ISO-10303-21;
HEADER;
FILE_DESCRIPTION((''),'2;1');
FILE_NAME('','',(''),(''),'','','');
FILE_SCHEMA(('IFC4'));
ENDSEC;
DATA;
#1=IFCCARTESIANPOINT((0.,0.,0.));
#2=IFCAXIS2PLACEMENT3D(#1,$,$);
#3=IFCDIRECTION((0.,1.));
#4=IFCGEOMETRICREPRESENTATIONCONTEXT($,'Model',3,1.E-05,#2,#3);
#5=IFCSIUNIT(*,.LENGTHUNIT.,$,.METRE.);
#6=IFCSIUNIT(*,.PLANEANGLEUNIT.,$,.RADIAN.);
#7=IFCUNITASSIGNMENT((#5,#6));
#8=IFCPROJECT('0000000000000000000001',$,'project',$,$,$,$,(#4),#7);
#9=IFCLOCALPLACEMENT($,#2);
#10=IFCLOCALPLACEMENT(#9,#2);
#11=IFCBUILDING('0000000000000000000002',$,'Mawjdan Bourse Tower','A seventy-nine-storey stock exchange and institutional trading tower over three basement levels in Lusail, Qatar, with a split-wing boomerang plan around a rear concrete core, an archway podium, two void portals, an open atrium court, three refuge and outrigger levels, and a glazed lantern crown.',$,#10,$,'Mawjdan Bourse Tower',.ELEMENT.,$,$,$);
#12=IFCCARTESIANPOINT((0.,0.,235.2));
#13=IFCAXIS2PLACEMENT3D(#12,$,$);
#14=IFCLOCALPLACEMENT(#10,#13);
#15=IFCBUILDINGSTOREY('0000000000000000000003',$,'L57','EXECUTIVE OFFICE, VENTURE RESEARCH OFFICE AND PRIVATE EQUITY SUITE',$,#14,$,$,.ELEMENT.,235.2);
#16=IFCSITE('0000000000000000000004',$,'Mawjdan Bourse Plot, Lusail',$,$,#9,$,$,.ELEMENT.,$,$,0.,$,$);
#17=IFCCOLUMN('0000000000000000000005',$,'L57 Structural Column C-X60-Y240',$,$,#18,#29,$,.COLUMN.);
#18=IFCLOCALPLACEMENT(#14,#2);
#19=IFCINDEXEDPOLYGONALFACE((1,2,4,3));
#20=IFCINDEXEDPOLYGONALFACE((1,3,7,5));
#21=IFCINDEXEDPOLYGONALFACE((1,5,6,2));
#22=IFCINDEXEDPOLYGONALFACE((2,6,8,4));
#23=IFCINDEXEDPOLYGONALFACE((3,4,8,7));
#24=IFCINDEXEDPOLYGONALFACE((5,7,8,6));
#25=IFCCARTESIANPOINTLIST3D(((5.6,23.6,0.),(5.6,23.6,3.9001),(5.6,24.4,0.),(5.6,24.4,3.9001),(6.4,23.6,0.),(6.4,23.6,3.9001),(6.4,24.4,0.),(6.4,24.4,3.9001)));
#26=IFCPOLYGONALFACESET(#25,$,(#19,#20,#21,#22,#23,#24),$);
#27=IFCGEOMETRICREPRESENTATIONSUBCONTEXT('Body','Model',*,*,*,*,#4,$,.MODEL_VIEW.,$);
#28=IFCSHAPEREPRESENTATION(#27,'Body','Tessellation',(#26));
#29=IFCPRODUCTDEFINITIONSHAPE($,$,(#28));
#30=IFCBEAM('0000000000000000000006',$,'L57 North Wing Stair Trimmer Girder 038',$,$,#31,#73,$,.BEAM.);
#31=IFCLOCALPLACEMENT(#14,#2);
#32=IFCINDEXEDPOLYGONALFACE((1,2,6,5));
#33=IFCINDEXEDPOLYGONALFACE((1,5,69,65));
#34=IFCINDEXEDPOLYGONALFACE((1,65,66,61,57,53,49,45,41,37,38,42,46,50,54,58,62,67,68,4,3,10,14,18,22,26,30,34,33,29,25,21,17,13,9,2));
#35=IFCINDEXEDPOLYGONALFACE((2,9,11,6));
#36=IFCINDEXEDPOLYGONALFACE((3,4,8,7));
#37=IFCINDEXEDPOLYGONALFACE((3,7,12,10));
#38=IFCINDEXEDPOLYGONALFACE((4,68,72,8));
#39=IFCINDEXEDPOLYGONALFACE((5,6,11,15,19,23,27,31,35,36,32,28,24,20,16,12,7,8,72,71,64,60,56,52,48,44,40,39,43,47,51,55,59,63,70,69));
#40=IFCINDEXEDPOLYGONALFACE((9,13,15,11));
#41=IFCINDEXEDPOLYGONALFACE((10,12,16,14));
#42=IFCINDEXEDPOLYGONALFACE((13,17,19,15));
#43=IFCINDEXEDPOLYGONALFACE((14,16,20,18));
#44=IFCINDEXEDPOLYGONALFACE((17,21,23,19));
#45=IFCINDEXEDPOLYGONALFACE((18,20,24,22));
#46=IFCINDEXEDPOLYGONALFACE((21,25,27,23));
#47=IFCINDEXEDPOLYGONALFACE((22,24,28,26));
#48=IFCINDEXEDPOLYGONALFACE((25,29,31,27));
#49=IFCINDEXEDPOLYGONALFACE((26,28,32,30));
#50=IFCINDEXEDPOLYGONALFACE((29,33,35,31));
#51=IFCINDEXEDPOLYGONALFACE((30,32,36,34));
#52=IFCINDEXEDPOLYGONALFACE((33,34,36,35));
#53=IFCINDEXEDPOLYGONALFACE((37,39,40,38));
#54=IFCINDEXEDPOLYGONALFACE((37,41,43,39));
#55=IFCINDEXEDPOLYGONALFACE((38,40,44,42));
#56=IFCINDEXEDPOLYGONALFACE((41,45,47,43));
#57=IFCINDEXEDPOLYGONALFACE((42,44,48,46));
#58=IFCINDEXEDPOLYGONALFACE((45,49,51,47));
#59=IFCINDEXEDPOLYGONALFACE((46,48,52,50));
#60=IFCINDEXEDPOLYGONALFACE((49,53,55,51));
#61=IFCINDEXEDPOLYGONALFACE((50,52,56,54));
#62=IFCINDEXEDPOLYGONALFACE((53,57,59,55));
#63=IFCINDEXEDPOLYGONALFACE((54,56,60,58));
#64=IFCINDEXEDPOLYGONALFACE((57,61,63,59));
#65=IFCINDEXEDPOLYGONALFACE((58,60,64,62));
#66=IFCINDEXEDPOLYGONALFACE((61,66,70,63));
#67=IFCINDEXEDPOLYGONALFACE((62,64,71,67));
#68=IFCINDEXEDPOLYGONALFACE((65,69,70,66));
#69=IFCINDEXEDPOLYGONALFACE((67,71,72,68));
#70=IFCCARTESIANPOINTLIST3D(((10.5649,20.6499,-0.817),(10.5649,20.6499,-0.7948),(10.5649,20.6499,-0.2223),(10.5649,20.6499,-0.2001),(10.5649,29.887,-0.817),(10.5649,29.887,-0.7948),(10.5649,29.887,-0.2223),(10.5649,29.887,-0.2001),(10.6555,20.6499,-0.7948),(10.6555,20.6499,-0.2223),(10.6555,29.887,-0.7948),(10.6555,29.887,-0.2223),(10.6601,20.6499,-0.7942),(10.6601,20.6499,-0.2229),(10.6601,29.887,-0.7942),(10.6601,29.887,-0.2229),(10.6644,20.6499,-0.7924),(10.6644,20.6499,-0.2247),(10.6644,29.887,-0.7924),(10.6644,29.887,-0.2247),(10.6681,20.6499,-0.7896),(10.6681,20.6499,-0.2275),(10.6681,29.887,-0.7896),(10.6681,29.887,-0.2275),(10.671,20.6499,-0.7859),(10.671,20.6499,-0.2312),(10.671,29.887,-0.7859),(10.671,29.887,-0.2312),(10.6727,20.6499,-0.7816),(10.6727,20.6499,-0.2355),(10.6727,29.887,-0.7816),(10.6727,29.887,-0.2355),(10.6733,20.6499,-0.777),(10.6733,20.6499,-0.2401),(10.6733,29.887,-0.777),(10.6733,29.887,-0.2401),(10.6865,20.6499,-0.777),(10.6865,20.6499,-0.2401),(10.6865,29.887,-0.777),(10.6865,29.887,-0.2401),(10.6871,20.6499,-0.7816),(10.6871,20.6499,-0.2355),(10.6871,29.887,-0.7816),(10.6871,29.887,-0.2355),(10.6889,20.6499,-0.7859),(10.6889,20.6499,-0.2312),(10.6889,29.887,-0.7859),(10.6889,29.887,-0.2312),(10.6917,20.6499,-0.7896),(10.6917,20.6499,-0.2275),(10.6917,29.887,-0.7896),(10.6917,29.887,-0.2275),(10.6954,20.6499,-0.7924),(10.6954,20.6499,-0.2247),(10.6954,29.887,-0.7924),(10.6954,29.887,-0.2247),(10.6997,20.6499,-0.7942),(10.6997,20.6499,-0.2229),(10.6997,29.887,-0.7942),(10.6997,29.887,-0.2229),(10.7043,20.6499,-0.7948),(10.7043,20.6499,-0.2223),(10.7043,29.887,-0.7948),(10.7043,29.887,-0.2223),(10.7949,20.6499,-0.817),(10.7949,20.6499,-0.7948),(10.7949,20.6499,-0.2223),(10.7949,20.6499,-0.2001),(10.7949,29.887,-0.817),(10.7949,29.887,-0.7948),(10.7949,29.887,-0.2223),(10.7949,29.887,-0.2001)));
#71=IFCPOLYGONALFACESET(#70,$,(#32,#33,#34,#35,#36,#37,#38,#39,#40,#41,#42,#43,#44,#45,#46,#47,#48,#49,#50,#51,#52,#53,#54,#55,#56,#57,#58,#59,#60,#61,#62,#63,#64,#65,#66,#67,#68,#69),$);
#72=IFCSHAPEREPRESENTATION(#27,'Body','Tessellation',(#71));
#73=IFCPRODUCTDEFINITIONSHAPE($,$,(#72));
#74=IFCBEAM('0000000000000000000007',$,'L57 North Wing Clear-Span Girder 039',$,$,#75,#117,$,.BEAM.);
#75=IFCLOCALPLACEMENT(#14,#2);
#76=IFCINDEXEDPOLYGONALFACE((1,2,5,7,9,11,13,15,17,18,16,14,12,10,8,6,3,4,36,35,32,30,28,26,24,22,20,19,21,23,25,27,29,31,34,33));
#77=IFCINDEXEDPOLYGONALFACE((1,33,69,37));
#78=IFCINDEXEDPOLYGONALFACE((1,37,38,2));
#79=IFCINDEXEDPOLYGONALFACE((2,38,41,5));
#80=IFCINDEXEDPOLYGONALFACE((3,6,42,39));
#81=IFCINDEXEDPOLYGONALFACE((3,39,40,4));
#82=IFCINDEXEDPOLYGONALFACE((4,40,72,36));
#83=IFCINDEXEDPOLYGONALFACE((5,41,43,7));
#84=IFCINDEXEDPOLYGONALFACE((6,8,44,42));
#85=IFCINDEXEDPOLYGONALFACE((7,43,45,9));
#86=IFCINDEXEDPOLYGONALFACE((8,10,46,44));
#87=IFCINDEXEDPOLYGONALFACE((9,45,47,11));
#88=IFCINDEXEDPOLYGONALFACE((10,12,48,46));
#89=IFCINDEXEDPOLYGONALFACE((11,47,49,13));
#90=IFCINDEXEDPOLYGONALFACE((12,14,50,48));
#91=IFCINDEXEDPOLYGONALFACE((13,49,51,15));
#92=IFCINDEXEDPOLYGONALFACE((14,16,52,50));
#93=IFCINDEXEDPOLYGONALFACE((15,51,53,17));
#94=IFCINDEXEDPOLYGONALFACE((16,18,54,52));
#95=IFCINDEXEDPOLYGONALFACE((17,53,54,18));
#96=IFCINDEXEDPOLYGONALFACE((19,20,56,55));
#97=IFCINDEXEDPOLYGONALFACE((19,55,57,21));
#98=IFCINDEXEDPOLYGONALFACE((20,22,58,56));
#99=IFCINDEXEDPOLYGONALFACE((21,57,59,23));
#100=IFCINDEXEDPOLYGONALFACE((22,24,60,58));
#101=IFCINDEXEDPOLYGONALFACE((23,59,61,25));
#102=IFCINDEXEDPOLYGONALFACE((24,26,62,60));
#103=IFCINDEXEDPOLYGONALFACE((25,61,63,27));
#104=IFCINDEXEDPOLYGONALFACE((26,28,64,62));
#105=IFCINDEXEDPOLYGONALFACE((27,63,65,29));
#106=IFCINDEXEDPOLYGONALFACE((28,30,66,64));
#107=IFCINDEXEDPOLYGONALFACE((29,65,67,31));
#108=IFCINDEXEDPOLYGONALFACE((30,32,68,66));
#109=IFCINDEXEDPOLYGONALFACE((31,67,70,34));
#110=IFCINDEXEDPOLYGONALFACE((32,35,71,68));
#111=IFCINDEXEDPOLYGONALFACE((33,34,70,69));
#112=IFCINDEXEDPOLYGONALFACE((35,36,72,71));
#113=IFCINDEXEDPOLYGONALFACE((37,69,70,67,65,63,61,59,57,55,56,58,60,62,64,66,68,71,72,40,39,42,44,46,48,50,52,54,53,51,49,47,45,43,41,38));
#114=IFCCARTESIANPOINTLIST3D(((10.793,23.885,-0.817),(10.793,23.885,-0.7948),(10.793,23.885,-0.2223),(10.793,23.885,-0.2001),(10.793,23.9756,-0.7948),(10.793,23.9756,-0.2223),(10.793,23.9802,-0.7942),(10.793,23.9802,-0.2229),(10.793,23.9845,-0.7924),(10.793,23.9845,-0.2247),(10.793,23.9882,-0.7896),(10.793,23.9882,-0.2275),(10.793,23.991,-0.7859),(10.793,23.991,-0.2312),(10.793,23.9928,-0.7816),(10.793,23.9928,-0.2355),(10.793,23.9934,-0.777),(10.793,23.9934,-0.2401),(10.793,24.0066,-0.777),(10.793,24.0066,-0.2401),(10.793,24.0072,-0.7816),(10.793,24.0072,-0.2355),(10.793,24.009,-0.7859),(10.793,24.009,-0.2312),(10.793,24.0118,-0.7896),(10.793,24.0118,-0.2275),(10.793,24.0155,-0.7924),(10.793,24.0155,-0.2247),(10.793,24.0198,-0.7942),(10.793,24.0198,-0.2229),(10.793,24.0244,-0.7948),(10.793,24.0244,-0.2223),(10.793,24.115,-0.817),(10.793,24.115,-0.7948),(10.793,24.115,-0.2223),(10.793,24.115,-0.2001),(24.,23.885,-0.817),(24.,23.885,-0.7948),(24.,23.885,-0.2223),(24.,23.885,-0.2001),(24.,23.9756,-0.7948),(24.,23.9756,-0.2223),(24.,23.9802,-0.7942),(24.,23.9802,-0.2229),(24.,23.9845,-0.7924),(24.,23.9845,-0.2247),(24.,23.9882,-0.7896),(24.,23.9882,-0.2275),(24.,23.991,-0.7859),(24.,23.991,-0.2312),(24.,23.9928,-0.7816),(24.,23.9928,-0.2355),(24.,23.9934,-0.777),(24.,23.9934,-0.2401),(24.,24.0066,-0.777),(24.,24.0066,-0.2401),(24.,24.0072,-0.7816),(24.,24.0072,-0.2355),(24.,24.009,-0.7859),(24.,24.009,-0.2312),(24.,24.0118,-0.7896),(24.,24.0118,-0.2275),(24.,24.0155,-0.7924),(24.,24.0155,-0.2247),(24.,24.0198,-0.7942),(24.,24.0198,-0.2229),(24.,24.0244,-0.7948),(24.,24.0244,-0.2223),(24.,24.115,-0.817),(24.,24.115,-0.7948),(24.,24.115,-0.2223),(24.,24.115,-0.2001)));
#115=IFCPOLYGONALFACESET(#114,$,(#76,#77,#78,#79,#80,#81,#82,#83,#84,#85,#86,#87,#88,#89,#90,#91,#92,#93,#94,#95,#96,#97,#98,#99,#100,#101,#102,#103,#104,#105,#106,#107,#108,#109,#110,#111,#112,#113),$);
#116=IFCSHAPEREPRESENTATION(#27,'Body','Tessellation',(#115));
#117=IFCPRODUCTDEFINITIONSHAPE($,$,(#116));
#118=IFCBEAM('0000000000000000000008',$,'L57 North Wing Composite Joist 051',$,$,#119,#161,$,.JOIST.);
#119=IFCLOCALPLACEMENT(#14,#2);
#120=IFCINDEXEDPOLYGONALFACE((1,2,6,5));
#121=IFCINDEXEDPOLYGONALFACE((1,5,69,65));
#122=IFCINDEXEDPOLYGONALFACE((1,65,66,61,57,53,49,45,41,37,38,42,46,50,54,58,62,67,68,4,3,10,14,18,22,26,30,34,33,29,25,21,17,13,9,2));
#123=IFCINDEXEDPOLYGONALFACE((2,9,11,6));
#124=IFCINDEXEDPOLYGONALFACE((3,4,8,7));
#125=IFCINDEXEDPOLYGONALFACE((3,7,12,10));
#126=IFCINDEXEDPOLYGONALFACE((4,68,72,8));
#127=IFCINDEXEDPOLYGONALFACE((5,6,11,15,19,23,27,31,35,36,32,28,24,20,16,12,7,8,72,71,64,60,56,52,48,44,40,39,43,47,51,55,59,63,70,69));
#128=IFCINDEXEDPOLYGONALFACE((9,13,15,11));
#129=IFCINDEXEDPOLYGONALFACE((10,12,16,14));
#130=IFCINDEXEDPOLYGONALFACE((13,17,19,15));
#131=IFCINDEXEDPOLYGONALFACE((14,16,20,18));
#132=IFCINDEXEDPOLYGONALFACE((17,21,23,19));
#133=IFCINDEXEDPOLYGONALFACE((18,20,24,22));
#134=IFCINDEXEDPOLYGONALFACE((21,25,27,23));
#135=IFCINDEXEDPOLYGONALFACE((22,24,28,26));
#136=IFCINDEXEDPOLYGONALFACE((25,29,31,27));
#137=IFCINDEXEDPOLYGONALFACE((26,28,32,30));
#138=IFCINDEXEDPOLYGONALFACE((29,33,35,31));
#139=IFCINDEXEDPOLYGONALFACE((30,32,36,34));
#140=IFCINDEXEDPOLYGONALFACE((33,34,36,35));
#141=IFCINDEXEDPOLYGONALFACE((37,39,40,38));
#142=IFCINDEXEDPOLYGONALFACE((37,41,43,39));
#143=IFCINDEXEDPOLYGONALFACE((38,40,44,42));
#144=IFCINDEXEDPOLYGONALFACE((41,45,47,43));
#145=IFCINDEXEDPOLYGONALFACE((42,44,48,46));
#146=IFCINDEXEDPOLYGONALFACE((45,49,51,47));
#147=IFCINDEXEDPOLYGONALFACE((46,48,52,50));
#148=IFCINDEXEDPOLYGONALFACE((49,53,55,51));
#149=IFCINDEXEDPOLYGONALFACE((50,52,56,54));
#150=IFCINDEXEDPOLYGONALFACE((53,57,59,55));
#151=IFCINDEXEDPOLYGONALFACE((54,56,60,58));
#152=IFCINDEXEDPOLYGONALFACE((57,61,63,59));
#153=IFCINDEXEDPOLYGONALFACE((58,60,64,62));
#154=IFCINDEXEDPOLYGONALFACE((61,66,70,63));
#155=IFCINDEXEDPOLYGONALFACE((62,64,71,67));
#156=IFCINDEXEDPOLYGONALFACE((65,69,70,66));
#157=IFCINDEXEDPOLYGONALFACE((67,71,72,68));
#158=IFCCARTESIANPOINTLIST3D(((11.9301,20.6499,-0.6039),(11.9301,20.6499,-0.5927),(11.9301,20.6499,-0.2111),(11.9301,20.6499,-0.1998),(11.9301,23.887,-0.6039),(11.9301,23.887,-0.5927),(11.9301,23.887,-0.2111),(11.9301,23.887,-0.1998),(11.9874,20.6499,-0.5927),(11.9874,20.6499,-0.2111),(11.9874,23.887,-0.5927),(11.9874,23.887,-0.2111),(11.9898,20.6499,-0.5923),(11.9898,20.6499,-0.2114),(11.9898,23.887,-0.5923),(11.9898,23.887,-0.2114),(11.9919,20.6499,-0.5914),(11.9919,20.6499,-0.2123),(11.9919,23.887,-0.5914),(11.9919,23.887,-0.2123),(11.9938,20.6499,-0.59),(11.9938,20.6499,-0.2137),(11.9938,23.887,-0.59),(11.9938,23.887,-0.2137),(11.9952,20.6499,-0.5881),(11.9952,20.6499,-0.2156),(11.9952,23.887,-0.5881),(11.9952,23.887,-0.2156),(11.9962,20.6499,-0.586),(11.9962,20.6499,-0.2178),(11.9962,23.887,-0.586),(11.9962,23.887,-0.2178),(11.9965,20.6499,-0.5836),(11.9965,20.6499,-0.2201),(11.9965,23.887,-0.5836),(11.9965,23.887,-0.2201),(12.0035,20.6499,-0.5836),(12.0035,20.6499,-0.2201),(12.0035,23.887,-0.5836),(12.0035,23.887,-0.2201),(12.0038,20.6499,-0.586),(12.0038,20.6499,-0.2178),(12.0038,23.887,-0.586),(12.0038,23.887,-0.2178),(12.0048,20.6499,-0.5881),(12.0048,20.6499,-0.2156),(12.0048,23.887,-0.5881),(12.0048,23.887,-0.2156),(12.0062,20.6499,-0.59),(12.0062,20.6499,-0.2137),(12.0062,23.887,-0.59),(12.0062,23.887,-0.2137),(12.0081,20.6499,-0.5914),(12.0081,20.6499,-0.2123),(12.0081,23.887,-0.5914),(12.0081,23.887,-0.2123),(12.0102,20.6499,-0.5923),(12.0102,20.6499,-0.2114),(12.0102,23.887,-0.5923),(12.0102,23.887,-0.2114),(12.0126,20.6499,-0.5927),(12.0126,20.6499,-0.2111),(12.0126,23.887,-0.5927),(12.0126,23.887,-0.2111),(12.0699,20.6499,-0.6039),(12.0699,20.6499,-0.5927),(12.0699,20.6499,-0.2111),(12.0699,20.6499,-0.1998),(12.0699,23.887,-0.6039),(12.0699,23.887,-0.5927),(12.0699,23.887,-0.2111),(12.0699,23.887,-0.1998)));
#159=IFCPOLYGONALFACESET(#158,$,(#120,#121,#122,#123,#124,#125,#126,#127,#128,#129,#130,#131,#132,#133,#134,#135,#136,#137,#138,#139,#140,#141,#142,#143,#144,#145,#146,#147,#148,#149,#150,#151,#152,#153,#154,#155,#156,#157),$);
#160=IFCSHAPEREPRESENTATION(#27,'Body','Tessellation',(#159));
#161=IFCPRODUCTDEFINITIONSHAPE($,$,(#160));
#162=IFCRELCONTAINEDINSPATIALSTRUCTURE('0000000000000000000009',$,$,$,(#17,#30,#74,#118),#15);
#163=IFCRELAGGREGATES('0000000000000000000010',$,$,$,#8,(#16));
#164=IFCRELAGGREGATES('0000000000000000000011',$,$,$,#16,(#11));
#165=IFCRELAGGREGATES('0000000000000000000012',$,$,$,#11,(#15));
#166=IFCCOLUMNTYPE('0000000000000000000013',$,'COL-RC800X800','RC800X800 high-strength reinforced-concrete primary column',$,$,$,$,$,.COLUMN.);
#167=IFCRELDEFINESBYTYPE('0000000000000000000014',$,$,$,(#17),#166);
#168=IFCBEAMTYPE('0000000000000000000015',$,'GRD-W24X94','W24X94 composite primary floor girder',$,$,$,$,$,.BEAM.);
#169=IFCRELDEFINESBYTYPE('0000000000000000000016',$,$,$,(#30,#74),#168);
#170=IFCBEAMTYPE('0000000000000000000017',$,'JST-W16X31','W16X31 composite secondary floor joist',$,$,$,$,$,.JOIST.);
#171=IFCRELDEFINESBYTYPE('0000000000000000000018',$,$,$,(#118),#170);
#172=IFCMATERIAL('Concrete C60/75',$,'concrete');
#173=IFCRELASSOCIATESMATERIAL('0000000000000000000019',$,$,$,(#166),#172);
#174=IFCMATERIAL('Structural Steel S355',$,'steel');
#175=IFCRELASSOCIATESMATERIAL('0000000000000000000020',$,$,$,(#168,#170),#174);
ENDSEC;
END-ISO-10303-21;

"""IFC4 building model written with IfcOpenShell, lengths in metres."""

from ifc_helpers import new_model, si_unit, direction, frame, origin, origin_2d, place, context, subcontext, project, spatial, rectangle, i_section, extrude, material, material_profile, profile_set, type_object, element, save


model = new_model("IFC4")

# Units and contexts
model_context = context("Model", 3, precision=1e-05, world=origin(), true_north=direction((0.0, 1.0)))
body_context = subcontext(model_context, "Body", "Model", "MODEL_VIEW")
ifc_project = project(units=[si_unit("LENGTHUNIT", "METRE"), si_unit("PLANEANGLEUNIT", "RADIAN")], contexts=[model_context])

# Site, building, storey
site_placement = place(None, origin())
site = spatial("IfcSite", under=ifc_project, at=site_placement, Name="Mawjdan Bourse Plot, Lusail", CompositionType="ELEMENT", RefElevation=0.0)
building_placement = place(site_placement, origin())
building = spatial("IfcBuilding", under=site, at=building_placement, Name="Mawjdan Bourse Tower", Description="A seventy-nine-storey stock exchange and institutional trading tower over three basement levels in Lusail, Qatar, with a split-wing boomerang plan around a rear concrete core, an archway podium, two void portals, an open atrium court, three refuge and outrigger levels, and a glazed lantern crown.", LongName="Mawjdan Bourse Tower", CompositionType="ELEMENT")
storey_placement = place(building_placement, frame((0.0, 0.0, 235.2)))
storey = spatial("IfcBuildingStorey", under=building, at=storey_placement, Name="L57", Description="EXECUTIVE OFFICE, VENTURE RESEARCH OFFICE AND PRIVATE EQUITY SUITE", CompositionType="ELEMENT", Elevation=235.2)

# Column
ifc_material_1 = material(Name="Concrete C60/75", Category="concrete")
ifc_material_profile_1 = material_profile(ifc_material_1, rectangle(XDim=0.8, YDim=0.8, at=origin_2d()), Name="RC800X800")
ifc_profile_set_1 = profile_set([ifc_material_profile_1], Name="Concrete C60/75")
column_type = type_object("IfcColumnType", Name="COL-RC800X800", Description="RC800X800 high-strength reinforced-concrete primary column", PredefinedType="COLUMN", material=ifc_profile_set_1)
column_placement = place(storey_placement, frame((6.0, 24.0, 0.0), z_axis=(0.0, 0.0, 1.0), x_axis=(1.0, 0.0, 0.0)))
element("IfcColumn", 1, at=column_placement, inside=storey, type_object=column_type, Name="L57 Structural Column C-X60-Y240", PredefinedType="COLUMN", context=body_context, shape_type="SweptSolid", body=[
    extrude(rectangle(XDim=0.8, YDim=0.8, at=origin_2d()), origin(), (0.0, 0.0, 1.0), 3.9001),
])

# Beams
ifc_material_2 = material(Name="Structural Steel S355", Category="steel")
ifc_material_profile_2 = material_profile(ifc_material_2, i_section(OverallWidth=0.23, OverallDepth=0.6169, WebThickness=0.0132, FlangeThickness=0.0222, FilletRadius=0.0178, at=origin_2d()), Name="W24X94")
ifc_profile_set_2 = profile_set([ifc_material_profile_2], Name="Structural Steel S355")
beam_type_1 = type_object("IfcBeamType", Name="GRD-W24X94", Description="W24X94 composite primary floor girder", PredefinedType="BEAM", material=ifc_profile_set_2)
beam_1_placement = place(storey_placement, frame((10.6799, 20.6499, -0.5085), z_axis=(0.0, 1.0, 0.0), x_axis=(-1.0, 0.0, 0.0)))
element("IfcBeam", 2, at=beam_1_placement, inside=storey, type_object=beam_type_1, Name="L57 North Wing Stair Trimmer Girder 038", PredefinedType="BEAM", context=body_context, shape_type="SweptSolid", body=[
    extrude(i_section(OverallWidth=0.23, OverallDepth=0.6169, WebThickness=0.0132, FlangeThickness=0.0222, FilletRadius=0.0178, at=origin_2d()), origin(), (0.0, 0.0, 1.0), 9.2371),
])
beam_2_placement = place(storey_placement, frame((10.793, 24.0, -0.5085), z_axis=(1.0, 0.0, 0.0), x_axis=(0.0, 1.0, 0.0)))
element("IfcBeam", 3, at=beam_2_placement, inside=storey, type_object=beam_type_1, Name="L57 North Wing Clear-Span Girder 039", PredefinedType="BEAM", context=body_context, shape_type="SweptSolid", body=[
    extrude(i_section(OverallWidth=0.23, OverallDepth=0.6169, WebThickness=0.0132, FlangeThickness=0.0222, FilletRadius=0.0178, at=origin_2d()), origin(), (0.0, 0.0, 1.0), 13.207),
])
ifc_material_profile_3 = material_profile(ifc_material_2, i_section(OverallWidth=0.1399, OverallDepth=0.4041, WebThickness=0.0071, FlangeThickness=0.0112, FilletRadius=0.009, at=origin_2d()), Name="W16X31")
ifc_profile_set_3 = profile_set([ifc_material_profile_3], Name="Structural Steel S355")
beam_type_2 = type_object("IfcBeamType", Name="JST-W16X31", Description="W16X31 composite secondary floor joist", PredefinedType="JOIST", material=ifc_profile_set_3)
beam_3_placement = place(storey_placement, frame((12.0, 20.6499, -0.4019), z_axis=(0.0, 1.0, 0.0), x_axis=(-1.0, 0.0, 0.0)))
element("IfcBeam", 4, at=beam_3_placement, inside=storey, type_object=beam_type_2, Name="L57 North Wing Composite Joist 051", PredefinedType="JOIST", context=body_context, shape_type="SweptSolid", body=[
    extrude(i_section(OverallWidth=0.1399, OverallDepth=0.4041, WebThickness=0.0071, FlangeThickness=0.0112, FilletRadius=0.009, at=origin_2d()), origin(), (0.0, 0.0, 1.0), 3.2371),
])

save(model, "model.ifc")
